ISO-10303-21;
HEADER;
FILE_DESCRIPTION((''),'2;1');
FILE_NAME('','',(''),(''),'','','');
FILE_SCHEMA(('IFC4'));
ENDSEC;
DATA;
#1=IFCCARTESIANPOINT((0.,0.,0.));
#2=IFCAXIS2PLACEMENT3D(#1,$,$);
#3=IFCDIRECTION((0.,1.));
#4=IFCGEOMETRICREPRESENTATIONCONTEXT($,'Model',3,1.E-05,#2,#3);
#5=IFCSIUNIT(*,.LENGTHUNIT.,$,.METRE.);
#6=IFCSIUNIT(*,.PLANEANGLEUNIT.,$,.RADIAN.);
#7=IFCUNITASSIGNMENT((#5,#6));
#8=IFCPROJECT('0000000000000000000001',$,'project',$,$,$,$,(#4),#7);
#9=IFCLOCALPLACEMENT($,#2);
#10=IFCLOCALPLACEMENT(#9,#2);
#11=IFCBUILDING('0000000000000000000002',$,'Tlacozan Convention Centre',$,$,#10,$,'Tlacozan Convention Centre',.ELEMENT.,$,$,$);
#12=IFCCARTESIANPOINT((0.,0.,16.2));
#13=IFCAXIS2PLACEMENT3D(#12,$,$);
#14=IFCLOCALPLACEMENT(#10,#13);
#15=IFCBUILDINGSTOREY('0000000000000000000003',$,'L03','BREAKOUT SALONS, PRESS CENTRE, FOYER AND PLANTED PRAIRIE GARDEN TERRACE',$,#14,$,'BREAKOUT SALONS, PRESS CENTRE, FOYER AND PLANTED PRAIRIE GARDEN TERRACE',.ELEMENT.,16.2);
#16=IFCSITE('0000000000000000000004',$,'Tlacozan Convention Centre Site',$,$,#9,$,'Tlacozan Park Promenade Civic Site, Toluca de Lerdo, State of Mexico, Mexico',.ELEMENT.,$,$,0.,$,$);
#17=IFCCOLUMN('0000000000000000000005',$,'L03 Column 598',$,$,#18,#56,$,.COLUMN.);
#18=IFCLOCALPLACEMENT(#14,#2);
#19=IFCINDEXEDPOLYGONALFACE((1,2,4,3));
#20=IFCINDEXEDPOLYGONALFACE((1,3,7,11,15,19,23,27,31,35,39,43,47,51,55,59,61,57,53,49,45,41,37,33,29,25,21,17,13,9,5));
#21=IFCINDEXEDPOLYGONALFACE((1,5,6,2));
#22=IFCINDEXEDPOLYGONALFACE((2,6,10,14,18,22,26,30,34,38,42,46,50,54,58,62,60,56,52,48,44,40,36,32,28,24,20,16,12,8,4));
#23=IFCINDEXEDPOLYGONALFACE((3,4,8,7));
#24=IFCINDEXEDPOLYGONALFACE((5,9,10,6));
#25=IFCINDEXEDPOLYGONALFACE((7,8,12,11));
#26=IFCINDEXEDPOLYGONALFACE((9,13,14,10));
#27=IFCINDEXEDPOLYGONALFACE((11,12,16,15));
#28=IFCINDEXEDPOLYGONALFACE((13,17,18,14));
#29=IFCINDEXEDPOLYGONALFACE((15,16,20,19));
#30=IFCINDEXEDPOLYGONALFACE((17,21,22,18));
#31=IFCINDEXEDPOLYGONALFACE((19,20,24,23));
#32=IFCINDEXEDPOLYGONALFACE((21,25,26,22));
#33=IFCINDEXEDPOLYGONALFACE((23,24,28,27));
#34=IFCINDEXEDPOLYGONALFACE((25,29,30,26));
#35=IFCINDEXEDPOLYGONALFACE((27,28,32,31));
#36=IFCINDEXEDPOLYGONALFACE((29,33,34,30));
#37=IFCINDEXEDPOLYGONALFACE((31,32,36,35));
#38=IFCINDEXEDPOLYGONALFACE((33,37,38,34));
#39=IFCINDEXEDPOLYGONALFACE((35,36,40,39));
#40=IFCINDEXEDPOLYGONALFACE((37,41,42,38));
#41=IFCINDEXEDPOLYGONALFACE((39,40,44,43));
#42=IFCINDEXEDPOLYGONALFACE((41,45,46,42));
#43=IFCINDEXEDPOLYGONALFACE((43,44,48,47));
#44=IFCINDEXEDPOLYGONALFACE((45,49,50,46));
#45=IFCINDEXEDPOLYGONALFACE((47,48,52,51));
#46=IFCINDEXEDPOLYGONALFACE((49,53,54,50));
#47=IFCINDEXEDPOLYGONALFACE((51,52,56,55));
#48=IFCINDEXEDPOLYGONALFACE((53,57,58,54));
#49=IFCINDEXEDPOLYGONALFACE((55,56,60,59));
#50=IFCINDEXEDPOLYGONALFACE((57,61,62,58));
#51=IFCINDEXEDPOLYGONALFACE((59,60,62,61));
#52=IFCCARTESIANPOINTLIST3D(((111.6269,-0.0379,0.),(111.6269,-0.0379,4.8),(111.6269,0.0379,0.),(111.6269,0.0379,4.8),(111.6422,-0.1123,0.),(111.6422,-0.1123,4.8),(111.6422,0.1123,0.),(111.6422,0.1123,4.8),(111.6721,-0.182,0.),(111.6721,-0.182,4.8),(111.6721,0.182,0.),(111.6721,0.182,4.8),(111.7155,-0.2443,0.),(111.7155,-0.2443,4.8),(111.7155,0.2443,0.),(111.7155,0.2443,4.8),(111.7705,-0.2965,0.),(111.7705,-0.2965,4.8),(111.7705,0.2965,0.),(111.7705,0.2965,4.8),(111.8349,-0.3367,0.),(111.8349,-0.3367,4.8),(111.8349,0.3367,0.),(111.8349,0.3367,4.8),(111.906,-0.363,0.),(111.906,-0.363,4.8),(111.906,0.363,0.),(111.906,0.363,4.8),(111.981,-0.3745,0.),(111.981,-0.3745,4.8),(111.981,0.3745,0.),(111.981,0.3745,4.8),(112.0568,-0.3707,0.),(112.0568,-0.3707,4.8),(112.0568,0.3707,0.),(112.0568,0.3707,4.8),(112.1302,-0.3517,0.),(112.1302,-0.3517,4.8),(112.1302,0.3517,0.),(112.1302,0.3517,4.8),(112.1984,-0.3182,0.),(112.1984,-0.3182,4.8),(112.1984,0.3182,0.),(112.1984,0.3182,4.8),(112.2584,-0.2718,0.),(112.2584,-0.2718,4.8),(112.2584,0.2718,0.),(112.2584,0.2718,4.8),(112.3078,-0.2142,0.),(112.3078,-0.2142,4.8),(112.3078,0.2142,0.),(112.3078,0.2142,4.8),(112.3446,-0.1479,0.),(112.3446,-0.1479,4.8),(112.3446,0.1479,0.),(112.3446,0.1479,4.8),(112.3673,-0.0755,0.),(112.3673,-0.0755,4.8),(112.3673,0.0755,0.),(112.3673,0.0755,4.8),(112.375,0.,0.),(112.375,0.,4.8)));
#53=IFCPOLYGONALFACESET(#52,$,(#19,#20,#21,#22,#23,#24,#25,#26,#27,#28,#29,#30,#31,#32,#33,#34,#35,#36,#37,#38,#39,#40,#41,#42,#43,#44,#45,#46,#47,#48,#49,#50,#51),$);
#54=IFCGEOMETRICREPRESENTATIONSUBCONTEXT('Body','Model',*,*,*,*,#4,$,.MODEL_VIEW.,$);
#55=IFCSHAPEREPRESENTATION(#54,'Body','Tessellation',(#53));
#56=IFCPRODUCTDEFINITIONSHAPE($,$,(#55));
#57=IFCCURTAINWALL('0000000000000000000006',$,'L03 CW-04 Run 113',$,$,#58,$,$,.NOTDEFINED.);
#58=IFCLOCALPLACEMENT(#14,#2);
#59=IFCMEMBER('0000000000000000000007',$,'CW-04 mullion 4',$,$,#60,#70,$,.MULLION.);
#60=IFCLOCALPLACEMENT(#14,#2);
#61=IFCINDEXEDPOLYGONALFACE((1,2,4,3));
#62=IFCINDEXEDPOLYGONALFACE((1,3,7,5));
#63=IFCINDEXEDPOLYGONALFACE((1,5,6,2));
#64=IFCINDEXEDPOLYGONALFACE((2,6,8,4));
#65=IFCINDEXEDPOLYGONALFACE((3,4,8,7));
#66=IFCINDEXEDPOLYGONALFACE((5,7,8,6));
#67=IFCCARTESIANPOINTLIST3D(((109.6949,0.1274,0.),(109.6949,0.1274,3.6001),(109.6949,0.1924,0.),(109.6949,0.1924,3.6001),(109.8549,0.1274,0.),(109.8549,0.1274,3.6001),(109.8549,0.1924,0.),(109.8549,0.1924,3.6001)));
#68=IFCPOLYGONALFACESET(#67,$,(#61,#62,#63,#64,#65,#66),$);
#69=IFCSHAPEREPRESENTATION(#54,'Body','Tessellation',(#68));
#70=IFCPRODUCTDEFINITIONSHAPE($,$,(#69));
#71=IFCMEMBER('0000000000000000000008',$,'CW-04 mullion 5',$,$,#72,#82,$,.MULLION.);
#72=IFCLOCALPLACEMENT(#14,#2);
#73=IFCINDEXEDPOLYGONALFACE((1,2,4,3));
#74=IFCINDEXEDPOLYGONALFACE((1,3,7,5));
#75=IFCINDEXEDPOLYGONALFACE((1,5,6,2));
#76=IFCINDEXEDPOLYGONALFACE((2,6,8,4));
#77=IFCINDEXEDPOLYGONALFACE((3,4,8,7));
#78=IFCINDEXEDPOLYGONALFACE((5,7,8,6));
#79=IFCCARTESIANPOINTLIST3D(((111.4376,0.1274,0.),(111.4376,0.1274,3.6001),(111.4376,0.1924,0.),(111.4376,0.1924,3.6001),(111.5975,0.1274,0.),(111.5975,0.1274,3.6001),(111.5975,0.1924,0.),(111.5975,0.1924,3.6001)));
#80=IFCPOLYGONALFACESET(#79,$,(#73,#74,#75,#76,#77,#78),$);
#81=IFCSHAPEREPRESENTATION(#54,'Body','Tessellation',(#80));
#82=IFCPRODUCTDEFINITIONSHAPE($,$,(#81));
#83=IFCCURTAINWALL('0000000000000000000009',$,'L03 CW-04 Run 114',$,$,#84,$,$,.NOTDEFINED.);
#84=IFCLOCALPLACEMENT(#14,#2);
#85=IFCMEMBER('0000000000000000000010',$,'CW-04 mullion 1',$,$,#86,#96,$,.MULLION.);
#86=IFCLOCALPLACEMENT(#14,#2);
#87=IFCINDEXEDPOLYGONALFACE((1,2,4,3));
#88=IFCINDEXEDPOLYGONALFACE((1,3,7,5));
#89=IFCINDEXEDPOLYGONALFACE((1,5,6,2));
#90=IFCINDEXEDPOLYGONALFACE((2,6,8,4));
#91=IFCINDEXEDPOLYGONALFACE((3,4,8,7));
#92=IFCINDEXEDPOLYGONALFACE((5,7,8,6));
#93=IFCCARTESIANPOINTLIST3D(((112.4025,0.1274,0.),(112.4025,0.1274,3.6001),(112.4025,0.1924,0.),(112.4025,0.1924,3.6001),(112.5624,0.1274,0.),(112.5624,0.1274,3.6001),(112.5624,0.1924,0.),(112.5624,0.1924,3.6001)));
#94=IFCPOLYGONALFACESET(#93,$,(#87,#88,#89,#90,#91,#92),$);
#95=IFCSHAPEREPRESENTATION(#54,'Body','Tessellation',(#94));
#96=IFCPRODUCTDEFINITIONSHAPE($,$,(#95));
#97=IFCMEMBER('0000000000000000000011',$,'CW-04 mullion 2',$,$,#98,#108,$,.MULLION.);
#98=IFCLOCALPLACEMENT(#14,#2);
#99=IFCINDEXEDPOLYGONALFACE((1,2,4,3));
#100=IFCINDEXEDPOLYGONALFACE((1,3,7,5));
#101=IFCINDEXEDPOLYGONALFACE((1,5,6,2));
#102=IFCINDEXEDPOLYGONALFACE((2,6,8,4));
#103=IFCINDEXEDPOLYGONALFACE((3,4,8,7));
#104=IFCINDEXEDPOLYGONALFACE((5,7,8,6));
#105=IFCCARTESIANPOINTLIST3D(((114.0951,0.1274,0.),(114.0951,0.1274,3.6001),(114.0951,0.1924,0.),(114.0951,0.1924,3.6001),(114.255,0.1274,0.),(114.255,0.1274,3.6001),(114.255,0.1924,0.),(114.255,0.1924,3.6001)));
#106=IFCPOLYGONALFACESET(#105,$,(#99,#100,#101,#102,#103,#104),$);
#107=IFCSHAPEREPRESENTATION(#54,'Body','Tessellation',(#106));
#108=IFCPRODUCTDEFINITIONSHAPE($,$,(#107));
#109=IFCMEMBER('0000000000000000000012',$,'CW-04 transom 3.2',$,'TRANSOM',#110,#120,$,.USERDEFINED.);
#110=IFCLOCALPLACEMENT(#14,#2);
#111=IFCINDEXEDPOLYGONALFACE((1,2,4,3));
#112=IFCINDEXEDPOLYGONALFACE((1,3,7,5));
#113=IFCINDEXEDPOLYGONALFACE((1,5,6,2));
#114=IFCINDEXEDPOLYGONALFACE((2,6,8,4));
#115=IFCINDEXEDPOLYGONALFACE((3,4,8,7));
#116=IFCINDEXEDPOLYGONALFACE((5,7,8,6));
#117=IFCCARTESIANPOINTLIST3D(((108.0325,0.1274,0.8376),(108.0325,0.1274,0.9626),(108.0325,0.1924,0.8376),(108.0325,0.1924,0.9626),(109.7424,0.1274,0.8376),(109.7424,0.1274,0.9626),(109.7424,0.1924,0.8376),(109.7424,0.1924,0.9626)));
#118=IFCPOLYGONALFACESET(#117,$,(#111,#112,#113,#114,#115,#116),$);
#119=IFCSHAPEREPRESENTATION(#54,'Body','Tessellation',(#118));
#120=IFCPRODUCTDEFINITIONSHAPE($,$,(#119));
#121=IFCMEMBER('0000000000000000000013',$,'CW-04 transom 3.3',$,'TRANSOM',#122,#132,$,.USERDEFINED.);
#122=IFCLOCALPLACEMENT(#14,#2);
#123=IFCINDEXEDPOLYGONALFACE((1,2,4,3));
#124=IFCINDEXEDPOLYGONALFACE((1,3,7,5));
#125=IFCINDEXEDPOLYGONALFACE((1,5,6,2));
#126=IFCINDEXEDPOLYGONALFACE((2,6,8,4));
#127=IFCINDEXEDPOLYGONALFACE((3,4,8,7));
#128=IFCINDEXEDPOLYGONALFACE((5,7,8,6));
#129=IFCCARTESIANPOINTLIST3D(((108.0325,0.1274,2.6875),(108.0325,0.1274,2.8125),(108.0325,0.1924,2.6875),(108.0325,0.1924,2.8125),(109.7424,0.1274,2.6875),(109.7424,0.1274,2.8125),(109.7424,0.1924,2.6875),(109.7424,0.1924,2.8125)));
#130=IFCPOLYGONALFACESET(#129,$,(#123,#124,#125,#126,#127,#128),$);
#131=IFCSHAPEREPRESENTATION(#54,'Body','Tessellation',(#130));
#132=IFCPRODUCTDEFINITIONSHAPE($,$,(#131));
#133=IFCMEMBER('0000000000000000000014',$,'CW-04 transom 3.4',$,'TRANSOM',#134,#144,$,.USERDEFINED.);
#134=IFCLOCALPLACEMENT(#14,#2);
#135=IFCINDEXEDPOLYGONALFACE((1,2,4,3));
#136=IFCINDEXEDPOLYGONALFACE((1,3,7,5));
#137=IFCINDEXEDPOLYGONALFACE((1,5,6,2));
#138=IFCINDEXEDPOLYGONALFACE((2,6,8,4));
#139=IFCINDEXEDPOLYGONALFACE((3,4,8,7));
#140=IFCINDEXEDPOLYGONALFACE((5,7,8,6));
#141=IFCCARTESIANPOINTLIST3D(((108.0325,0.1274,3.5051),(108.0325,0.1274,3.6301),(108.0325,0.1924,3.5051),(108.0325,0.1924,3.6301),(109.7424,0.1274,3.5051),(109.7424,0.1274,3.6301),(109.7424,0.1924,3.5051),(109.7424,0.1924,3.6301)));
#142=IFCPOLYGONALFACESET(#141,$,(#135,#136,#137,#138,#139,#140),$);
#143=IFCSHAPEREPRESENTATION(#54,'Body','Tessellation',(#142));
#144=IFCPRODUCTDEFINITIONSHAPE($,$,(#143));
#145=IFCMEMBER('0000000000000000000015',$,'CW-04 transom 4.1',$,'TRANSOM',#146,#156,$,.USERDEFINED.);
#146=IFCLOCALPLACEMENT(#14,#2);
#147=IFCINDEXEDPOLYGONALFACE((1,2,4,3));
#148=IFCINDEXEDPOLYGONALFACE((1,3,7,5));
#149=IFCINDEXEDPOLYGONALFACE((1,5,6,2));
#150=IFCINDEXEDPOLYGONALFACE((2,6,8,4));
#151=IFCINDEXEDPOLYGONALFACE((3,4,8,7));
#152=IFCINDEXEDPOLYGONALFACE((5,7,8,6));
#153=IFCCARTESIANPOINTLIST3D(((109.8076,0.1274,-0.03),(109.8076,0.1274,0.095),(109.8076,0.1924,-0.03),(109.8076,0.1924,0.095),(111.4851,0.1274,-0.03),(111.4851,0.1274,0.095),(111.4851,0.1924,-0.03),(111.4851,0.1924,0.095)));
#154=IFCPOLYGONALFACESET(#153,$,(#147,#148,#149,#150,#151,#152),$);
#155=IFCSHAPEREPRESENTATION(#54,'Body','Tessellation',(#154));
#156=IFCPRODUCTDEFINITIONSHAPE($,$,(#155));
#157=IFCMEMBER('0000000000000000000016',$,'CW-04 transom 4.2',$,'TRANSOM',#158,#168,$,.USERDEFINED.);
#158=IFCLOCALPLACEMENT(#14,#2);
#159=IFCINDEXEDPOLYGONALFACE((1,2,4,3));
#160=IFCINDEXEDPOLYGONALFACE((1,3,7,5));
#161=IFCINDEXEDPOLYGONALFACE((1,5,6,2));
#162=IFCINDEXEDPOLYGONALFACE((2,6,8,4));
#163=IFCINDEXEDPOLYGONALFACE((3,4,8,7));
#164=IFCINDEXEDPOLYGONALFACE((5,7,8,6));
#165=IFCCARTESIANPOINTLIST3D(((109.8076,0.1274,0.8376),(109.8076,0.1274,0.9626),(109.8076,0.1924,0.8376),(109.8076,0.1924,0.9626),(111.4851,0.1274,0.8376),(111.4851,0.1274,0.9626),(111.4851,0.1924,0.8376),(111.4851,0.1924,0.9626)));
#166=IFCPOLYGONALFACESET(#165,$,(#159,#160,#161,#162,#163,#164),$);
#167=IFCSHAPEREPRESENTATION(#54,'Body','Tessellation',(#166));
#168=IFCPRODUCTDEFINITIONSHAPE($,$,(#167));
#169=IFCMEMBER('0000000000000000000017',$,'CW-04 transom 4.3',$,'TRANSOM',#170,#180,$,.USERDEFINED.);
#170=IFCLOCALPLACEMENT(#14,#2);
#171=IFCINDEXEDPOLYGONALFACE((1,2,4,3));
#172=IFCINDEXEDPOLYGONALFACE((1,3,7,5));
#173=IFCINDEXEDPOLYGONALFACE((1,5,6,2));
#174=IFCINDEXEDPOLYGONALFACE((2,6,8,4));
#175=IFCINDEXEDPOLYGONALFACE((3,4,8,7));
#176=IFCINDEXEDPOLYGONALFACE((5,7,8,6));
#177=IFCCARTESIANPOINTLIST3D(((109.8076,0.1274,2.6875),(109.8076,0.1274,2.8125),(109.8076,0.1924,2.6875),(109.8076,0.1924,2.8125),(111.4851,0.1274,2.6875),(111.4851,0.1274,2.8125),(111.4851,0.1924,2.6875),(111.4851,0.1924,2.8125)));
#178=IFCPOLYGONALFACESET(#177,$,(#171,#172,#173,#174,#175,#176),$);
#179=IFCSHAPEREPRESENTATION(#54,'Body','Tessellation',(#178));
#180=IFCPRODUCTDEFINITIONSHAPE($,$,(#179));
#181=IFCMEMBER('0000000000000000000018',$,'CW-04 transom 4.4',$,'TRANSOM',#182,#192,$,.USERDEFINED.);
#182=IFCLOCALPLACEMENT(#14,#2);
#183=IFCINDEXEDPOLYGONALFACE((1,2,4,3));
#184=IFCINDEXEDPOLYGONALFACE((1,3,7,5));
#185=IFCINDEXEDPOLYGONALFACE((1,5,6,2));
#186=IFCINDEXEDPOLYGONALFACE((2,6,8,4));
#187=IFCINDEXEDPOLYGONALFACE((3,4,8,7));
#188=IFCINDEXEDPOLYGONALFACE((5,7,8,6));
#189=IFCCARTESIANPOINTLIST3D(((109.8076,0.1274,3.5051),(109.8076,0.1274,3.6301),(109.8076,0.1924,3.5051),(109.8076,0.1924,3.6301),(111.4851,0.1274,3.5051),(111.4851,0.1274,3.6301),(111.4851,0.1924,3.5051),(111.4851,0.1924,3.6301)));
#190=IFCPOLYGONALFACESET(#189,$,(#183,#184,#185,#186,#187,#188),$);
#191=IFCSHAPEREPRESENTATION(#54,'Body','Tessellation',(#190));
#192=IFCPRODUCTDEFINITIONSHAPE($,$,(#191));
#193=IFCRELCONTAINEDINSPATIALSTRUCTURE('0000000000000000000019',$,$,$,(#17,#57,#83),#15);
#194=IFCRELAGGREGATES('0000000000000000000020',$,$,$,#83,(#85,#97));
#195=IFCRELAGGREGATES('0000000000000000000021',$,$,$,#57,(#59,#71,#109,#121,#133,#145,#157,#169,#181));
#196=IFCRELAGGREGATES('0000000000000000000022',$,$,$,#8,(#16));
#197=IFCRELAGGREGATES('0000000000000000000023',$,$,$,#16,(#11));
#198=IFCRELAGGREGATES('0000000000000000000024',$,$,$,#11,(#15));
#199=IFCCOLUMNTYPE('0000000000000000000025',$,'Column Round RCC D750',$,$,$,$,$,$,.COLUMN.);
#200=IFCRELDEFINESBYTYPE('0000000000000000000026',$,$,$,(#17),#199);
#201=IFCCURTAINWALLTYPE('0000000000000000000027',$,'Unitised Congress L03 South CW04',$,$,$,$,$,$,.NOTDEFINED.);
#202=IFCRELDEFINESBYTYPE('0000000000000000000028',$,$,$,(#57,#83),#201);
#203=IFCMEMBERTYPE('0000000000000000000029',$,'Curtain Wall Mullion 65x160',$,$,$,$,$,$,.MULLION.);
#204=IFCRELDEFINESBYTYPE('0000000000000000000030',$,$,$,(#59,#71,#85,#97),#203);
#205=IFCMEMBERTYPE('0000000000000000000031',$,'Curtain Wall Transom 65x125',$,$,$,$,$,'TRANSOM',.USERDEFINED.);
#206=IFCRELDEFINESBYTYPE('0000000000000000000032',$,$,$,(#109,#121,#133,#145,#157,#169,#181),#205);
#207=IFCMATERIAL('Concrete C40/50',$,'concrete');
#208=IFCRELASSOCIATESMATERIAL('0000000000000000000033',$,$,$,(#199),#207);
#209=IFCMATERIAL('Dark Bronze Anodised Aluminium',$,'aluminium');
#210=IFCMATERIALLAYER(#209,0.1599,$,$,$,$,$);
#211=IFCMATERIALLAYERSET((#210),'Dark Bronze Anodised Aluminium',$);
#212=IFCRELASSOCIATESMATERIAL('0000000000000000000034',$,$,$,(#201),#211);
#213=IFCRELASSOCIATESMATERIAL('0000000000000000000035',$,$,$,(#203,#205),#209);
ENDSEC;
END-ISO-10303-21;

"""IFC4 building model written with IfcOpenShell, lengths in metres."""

from ifc_helpers import new_model, si_unit, direction, frame, origin, origin_2d, place, context, subcontext, project, spatial, rectangle, circle, extrude, material, layer, layer_set, material_profile, profile_set, type_object, element, aggregate, save


model = new_model("IFC4")

# Units and contexts
model_context = context("Model", 3, precision=1e-05, world=origin(), true_north=direction((0.0, 1.0)))
body_context = subcontext(model_context, "Body", "Model", "MODEL_VIEW")
ifc_project = project(units=[si_unit("LENGTHUNIT", "METRE"), si_unit("PLANEANGLEUNIT", "RADIAN")], contexts=[model_context])

# Site, building, storey
site_placement = place(None, origin())
site = spatial("IfcSite", under=ifc_project, at=site_placement, Name="Tlacozan Convention Centre Site", LongName="Tlacozan Park Promenade Civic Site, Toluca de Lerdo, State of Mexico, Mexico", CompositionType="ELEMENT", RefElevation=0.0)
building_placement = place(site_placement, origin())
building = spatial("IfcBuilding", under=site, at=building_placement, Name="Tlacozan Convention Centre", LongName="Tlacozan Convention Centre", CompositionType="ELEMENT")
storey_placement = place(building_placement, frame((0.0, 0.0, 16.2)))
storey = spatial("IfcBuildingStorey", under=building, at=storey_placement, Name="L03", Description="BREAKOUT SALONS, PRESS CENTRE, FOYER AND PLANTED PRAIRIE GARDEN TERRACE", LongName="BREAKOUT SALONS, PRESS CENTRE, FOYER AND PLANTED PRAIRIE GARDEN TERRACE", CompositionType="ELEMENT", Elevation=16.2)

# Column
ifc_material_1 = material(Name="Concrete C40/50", Category="concrete")
ifc_material_profile_1 = material_profile(ifc_material_1, circle(Radius=0.375, at=origin_2d()), Name="RCC D750")
ifc_profile_set_1 = profile_set([ifc_material_profile_1], Name="Concrete C40/50")
column_type = type_object("IfcColumnType", Name="Column Round RCC D750", PredefinedType="COLUMN", material=ifc_profile_set_1)
column_placement = place(storey_placement, frame((112.0, 0.0, 0.0), z_axis=(0.0, 0.0, 1.0), x_axis=(1.0, 0.0, 0.0)))
element("IfcColumn", 1, at=column_placement, inside=storey, type_object=column_type, Name="L03 Column 598", PredefinedType="COLUMN", context=body_context, shape_type="SweptSolid", body=[
    extrude(circle(Radius=0.375, at=origin_2d()), origin(), (0.0, 0.0, 1.0), 4.8),
])

# Curtain walls, members
ifc_material_2 = material(Name="Dark Bronze Anodised Aluminium", Category="aluminium")
ifc_layer_1 = layer(ifc_material_2, 0.1599)
ifc_layer_set_1 = layer_set([ifc_layer_1], Name="Dark Bronze Anodised Aluminium")
curtain_wall_type = type_object("IfcCurtainWallType", Name="Unitised Congress L03 South CW04", PredefinedType="NOTDEFINED", material=ifc_layer_set_1)
curtain_wall_1_placement = place(storey_placement, origin())
curtain_wall_1 = element("IfcCurtainWall", 2, at=curtain_wall_1_placement, inside=storey, type_object=curtain_wall_type, Name="L03 CW-04 Run 113", PredefinedType="NOTDEFINED")
ifc_material_profile_2 = material_profile(ifc_material_2, rectangle(XDim=0.0649, YDim=0.1599, at=origin_2d()), Name="ALU 65x160")
ifc_profile_set_2 = profile_set([ifc_material_profile_2], Name="Dark Bronze Anodised Aluminium")
member_type_1 = type_object("IfcMemberType", Name="Curtain Wall Mullion 65x160", PredefinedType="MULLION", material=ifc_profile_set_2)
member_1_placement = place(storey_placement, frame((109.7749, 0.1599, 0.0), z_axis=(0.0, 0.0, 1.0), x_axis=(0.0, 1.0, 0.0)))
member_1 = element("IfcMember", 3, at=member_1_placement, type_object=member_type_1, Name="CW-04 mullion 4", PredefinedType="MULLION", context=body_context, shape_type="SweptSolid", body=[
    extrude(rectangle(XDim=0.0649, YDim=0.1599, at=origin_2d()), origin(), (0.0, 0.0, 1.0), 3.6001),
])
member_2_placement = place(storey_placement, frame((111.5176, 0.1599, 0.0), z_axis=(0.0, 0.0, 1.0), x_axis=(0.0, 1.0, 0.0)))
member_2 = element("IfcMember", 4, at=member_2_placement, type_object=member_type_1, Name="CW-04 mullion 5", PredefinedType="MULLION", context=body_context, shape_type="SweptSolid", body=[
    extrude(rectangle(XDim=0.0649, YDim=0.1599, at=origin_2d()), origin(), (0.0, 0.0, 1.0), 3.6001),
])
curtain_wall_2_placement = place(storey_placement, origin())
curtain_wall_2 = element("IfcCurtainWall", 5, at=curtain_wall_2_placement, inside=storey, type_object=curtain_wall_type, Name="L03 CW-04 Run 114", PredefinedType="NOTDEFINED")
member_3_placement = place(storey_placement, frame((112.4824, 0.1599, 0.0), z_axis=(0.0, 0.0, 1.0), x_axis=(0.0, 1.0, 0.0)))
member_3 = element("IfcMember", 6, at=member_3_placement, type_object=member_type_1, Name="CW-04 mullion 1", PredefinedType="MULLION", context=body_context, shape_type="SweptSolid", body=[
    extrude(rectangle(XDim=0.0649, YDim=0.1599, at=origin_2d()), origin(), (0.0, 0.0, 1.0), 3.6001),
])
member_4_placement = place(storey_placement, frame((114.175, 0.1599, 0.0), z_axis=(0.0, 0.0, 1.0), x_axis=(0.0, 1.0, 0.0)))
member_4 = element("IfcMember", 7, at=member_4_placement, type_object=member_type_1, Name="CW-04 mullion 2", PredefinedType="MULLION", context=body_context, shape_type="SweptSolid", body=[
    extrude(rectangle(XDim=0.0649, YDim=0.1599, at=origin_2d()), origin(), (0.0, 0.0, 1.0), 3.6001),
])

# Members
ifc_material_profile_3 = material_profile(ifc_material_2, rectangle(XDim=0.0649, YDim=0.125, at=origin_2d()), Name="ALU 65x125")
ifc_profile_set_3 = profile_set([ifc_material_profile_3], Name="Dark Bronze Anodised Aluminium")
member_type_2 = type_object("IfcMemberType", Name="Curtain Wall Transom 65x125", ElementType="TRANSOM", PredefinedType="USERDEFINED", material=ifc_profile_set_3)
member_5_placement = place(storey_placement, frame((108.0325, 0.1599, 0.9001), z_axis=(1.0, 0.0, 0.0), x_axis=(0.0, 1.0, 0.0)))
member_5 = element("IfcMember", 8, at=member_5_placement, type_object=member_type_2, Name="CW-04 transom 3.2", ObjectType="TRANSOM", PredefinedType="USERDEFINED", context=body_context, shape_type="SweptSolid", body=[
    extrude(rectangle(XDim=0.0649, YDim=0.125, at=origin_2d()), origin(), (0.0, 0.0, 1.0), 1.71),
])
member_6_placement = place(storey_placement, frame((108.0325, 0.1599, 2.75), z_axis=(1.0, 0.0, 0.0), x_axis=(0.0, 1.0, 0.0)))
member_6 = element("IfcMember", 9, at=member_6_placement, type_object=member_type_2, Name="CW-04 transom 3.3", ObjectType="TRANSOM", PredefinedType="USERDEFINED", context=body_context, shape_type="SweptSolid", body=[
    extrude(rectangle(XDim=0.0649, YDim=0.125, at=origin_2d()), origin(), (0.0, 0.0, 1.0), 1.71),
])
member_7_placement = place(storey_placement, frame((108.0325, 0.1599, 3.5676), z_axis=(1.0, 0.0, 0.0), x_axis=(0.0, 1.0, 0.0)))
member_7 = element("IfcMember", 10, at=member_7_placement, type_object=member_type_2, Name="CW-04 transom 3.4", ObjectType="TRANSOM", PredefinedType="USERDEFINED", context=body_context, shape_type="SweptSolid", body=[
    extrude(rectangle(XDim=0.0649, YDim=0.125, at=origin_2d()), origin(), (0.0, 0.0, 1.0), 1.71),
])
member_8_placement = place(storey_placement, frame((109.8076, 0.1599, 0.0325), z_axis=(1.0, 0.0, 0.0), x_axis=(0.0, 1.0, 0.0)))
member_8 = element("IfcMember", 11, at=member_8_placement, type_object=member_type_2, Name="CW-04 transom 4.1", ObjectType="TRANSOM", PredefinedType="USERDEFINED", context=body_context, shape_type="SweptSolid", body=[
    extrude(rectangle(XDim=0.0649, YDim=0.125, at=origin_2d()), origin(), (0.0, 0.0, 1.0), 1.6775),
])
member_9_placement = place(storey_placement, frame((109.8076, 0.1599, 0.9001), z_axis=(1.0, 0.0, 0.0), x_axis=(0.0, 1.0, 0.0)))
member_9 = element("IfcMember", 12, at=member_9_placement, type_object=member_type_2, Name="CW-04 transom 4.2", ObjectType="TRANSOM", PredefinedType="USERDEFINED", context=body_context, shape_type="SweptSolid", body=[
    extrude(rectangle(XDim=0.0649, YDim=0.125, at=origin_2d()), origin(), (0.0, 0.0, 1.0), 1.6775),
])
member_10_placement = place(storey_placement, frame((109.8076, 0.1599, 2.75), z_axis=(1.0, 0.0, 0.0), x_axis=(0.0, 1.0, 0.0)))
member_10 = element("IfcMember", 13, at=member_10_placement, type_object=member_type_2, Name="CW-04 transom 4.3", ObjectType="TRANSOM", PredefinedType="USERDEFINED", context=body_context, shape_type="SweptSolid", body=[
    extrude(rectangle(XDim=0.0649, YDim=0.125, at=origin_2d()), origin(), (0.0, 0.0, 1.0), 1.6775),
])
member_11_placement = place(storey_placement, frame((109.8076, 0.1599, 3.5676), z_axis=(1.0, 0.0, 0.0), x_axis=(0.0, 1.0, 0.0)))
member_11 = element("IfcMember", 14, at=member_11_placement, type_object=member_type_2, Name="CW-04 transom 4.4", ObjectType="TRANSOM", PredefinedType="USERDEFINED", context=body_context, shape_type="SweptSolid", body=[
    extrude(rectangle(XDim=0.0649, YDim=0.125, at=origin_2d()), origin(), (0.0, 0.0, 1.0), 1.6775),
])

aggregate(curtain_wall_2, [member_3, member_4])
aggregate(curtain_wall_1, [member_1, member_2, member_5, member_6, member_7, member_8, member_9, member_10, member_11])

save(model, "model.ifc")
